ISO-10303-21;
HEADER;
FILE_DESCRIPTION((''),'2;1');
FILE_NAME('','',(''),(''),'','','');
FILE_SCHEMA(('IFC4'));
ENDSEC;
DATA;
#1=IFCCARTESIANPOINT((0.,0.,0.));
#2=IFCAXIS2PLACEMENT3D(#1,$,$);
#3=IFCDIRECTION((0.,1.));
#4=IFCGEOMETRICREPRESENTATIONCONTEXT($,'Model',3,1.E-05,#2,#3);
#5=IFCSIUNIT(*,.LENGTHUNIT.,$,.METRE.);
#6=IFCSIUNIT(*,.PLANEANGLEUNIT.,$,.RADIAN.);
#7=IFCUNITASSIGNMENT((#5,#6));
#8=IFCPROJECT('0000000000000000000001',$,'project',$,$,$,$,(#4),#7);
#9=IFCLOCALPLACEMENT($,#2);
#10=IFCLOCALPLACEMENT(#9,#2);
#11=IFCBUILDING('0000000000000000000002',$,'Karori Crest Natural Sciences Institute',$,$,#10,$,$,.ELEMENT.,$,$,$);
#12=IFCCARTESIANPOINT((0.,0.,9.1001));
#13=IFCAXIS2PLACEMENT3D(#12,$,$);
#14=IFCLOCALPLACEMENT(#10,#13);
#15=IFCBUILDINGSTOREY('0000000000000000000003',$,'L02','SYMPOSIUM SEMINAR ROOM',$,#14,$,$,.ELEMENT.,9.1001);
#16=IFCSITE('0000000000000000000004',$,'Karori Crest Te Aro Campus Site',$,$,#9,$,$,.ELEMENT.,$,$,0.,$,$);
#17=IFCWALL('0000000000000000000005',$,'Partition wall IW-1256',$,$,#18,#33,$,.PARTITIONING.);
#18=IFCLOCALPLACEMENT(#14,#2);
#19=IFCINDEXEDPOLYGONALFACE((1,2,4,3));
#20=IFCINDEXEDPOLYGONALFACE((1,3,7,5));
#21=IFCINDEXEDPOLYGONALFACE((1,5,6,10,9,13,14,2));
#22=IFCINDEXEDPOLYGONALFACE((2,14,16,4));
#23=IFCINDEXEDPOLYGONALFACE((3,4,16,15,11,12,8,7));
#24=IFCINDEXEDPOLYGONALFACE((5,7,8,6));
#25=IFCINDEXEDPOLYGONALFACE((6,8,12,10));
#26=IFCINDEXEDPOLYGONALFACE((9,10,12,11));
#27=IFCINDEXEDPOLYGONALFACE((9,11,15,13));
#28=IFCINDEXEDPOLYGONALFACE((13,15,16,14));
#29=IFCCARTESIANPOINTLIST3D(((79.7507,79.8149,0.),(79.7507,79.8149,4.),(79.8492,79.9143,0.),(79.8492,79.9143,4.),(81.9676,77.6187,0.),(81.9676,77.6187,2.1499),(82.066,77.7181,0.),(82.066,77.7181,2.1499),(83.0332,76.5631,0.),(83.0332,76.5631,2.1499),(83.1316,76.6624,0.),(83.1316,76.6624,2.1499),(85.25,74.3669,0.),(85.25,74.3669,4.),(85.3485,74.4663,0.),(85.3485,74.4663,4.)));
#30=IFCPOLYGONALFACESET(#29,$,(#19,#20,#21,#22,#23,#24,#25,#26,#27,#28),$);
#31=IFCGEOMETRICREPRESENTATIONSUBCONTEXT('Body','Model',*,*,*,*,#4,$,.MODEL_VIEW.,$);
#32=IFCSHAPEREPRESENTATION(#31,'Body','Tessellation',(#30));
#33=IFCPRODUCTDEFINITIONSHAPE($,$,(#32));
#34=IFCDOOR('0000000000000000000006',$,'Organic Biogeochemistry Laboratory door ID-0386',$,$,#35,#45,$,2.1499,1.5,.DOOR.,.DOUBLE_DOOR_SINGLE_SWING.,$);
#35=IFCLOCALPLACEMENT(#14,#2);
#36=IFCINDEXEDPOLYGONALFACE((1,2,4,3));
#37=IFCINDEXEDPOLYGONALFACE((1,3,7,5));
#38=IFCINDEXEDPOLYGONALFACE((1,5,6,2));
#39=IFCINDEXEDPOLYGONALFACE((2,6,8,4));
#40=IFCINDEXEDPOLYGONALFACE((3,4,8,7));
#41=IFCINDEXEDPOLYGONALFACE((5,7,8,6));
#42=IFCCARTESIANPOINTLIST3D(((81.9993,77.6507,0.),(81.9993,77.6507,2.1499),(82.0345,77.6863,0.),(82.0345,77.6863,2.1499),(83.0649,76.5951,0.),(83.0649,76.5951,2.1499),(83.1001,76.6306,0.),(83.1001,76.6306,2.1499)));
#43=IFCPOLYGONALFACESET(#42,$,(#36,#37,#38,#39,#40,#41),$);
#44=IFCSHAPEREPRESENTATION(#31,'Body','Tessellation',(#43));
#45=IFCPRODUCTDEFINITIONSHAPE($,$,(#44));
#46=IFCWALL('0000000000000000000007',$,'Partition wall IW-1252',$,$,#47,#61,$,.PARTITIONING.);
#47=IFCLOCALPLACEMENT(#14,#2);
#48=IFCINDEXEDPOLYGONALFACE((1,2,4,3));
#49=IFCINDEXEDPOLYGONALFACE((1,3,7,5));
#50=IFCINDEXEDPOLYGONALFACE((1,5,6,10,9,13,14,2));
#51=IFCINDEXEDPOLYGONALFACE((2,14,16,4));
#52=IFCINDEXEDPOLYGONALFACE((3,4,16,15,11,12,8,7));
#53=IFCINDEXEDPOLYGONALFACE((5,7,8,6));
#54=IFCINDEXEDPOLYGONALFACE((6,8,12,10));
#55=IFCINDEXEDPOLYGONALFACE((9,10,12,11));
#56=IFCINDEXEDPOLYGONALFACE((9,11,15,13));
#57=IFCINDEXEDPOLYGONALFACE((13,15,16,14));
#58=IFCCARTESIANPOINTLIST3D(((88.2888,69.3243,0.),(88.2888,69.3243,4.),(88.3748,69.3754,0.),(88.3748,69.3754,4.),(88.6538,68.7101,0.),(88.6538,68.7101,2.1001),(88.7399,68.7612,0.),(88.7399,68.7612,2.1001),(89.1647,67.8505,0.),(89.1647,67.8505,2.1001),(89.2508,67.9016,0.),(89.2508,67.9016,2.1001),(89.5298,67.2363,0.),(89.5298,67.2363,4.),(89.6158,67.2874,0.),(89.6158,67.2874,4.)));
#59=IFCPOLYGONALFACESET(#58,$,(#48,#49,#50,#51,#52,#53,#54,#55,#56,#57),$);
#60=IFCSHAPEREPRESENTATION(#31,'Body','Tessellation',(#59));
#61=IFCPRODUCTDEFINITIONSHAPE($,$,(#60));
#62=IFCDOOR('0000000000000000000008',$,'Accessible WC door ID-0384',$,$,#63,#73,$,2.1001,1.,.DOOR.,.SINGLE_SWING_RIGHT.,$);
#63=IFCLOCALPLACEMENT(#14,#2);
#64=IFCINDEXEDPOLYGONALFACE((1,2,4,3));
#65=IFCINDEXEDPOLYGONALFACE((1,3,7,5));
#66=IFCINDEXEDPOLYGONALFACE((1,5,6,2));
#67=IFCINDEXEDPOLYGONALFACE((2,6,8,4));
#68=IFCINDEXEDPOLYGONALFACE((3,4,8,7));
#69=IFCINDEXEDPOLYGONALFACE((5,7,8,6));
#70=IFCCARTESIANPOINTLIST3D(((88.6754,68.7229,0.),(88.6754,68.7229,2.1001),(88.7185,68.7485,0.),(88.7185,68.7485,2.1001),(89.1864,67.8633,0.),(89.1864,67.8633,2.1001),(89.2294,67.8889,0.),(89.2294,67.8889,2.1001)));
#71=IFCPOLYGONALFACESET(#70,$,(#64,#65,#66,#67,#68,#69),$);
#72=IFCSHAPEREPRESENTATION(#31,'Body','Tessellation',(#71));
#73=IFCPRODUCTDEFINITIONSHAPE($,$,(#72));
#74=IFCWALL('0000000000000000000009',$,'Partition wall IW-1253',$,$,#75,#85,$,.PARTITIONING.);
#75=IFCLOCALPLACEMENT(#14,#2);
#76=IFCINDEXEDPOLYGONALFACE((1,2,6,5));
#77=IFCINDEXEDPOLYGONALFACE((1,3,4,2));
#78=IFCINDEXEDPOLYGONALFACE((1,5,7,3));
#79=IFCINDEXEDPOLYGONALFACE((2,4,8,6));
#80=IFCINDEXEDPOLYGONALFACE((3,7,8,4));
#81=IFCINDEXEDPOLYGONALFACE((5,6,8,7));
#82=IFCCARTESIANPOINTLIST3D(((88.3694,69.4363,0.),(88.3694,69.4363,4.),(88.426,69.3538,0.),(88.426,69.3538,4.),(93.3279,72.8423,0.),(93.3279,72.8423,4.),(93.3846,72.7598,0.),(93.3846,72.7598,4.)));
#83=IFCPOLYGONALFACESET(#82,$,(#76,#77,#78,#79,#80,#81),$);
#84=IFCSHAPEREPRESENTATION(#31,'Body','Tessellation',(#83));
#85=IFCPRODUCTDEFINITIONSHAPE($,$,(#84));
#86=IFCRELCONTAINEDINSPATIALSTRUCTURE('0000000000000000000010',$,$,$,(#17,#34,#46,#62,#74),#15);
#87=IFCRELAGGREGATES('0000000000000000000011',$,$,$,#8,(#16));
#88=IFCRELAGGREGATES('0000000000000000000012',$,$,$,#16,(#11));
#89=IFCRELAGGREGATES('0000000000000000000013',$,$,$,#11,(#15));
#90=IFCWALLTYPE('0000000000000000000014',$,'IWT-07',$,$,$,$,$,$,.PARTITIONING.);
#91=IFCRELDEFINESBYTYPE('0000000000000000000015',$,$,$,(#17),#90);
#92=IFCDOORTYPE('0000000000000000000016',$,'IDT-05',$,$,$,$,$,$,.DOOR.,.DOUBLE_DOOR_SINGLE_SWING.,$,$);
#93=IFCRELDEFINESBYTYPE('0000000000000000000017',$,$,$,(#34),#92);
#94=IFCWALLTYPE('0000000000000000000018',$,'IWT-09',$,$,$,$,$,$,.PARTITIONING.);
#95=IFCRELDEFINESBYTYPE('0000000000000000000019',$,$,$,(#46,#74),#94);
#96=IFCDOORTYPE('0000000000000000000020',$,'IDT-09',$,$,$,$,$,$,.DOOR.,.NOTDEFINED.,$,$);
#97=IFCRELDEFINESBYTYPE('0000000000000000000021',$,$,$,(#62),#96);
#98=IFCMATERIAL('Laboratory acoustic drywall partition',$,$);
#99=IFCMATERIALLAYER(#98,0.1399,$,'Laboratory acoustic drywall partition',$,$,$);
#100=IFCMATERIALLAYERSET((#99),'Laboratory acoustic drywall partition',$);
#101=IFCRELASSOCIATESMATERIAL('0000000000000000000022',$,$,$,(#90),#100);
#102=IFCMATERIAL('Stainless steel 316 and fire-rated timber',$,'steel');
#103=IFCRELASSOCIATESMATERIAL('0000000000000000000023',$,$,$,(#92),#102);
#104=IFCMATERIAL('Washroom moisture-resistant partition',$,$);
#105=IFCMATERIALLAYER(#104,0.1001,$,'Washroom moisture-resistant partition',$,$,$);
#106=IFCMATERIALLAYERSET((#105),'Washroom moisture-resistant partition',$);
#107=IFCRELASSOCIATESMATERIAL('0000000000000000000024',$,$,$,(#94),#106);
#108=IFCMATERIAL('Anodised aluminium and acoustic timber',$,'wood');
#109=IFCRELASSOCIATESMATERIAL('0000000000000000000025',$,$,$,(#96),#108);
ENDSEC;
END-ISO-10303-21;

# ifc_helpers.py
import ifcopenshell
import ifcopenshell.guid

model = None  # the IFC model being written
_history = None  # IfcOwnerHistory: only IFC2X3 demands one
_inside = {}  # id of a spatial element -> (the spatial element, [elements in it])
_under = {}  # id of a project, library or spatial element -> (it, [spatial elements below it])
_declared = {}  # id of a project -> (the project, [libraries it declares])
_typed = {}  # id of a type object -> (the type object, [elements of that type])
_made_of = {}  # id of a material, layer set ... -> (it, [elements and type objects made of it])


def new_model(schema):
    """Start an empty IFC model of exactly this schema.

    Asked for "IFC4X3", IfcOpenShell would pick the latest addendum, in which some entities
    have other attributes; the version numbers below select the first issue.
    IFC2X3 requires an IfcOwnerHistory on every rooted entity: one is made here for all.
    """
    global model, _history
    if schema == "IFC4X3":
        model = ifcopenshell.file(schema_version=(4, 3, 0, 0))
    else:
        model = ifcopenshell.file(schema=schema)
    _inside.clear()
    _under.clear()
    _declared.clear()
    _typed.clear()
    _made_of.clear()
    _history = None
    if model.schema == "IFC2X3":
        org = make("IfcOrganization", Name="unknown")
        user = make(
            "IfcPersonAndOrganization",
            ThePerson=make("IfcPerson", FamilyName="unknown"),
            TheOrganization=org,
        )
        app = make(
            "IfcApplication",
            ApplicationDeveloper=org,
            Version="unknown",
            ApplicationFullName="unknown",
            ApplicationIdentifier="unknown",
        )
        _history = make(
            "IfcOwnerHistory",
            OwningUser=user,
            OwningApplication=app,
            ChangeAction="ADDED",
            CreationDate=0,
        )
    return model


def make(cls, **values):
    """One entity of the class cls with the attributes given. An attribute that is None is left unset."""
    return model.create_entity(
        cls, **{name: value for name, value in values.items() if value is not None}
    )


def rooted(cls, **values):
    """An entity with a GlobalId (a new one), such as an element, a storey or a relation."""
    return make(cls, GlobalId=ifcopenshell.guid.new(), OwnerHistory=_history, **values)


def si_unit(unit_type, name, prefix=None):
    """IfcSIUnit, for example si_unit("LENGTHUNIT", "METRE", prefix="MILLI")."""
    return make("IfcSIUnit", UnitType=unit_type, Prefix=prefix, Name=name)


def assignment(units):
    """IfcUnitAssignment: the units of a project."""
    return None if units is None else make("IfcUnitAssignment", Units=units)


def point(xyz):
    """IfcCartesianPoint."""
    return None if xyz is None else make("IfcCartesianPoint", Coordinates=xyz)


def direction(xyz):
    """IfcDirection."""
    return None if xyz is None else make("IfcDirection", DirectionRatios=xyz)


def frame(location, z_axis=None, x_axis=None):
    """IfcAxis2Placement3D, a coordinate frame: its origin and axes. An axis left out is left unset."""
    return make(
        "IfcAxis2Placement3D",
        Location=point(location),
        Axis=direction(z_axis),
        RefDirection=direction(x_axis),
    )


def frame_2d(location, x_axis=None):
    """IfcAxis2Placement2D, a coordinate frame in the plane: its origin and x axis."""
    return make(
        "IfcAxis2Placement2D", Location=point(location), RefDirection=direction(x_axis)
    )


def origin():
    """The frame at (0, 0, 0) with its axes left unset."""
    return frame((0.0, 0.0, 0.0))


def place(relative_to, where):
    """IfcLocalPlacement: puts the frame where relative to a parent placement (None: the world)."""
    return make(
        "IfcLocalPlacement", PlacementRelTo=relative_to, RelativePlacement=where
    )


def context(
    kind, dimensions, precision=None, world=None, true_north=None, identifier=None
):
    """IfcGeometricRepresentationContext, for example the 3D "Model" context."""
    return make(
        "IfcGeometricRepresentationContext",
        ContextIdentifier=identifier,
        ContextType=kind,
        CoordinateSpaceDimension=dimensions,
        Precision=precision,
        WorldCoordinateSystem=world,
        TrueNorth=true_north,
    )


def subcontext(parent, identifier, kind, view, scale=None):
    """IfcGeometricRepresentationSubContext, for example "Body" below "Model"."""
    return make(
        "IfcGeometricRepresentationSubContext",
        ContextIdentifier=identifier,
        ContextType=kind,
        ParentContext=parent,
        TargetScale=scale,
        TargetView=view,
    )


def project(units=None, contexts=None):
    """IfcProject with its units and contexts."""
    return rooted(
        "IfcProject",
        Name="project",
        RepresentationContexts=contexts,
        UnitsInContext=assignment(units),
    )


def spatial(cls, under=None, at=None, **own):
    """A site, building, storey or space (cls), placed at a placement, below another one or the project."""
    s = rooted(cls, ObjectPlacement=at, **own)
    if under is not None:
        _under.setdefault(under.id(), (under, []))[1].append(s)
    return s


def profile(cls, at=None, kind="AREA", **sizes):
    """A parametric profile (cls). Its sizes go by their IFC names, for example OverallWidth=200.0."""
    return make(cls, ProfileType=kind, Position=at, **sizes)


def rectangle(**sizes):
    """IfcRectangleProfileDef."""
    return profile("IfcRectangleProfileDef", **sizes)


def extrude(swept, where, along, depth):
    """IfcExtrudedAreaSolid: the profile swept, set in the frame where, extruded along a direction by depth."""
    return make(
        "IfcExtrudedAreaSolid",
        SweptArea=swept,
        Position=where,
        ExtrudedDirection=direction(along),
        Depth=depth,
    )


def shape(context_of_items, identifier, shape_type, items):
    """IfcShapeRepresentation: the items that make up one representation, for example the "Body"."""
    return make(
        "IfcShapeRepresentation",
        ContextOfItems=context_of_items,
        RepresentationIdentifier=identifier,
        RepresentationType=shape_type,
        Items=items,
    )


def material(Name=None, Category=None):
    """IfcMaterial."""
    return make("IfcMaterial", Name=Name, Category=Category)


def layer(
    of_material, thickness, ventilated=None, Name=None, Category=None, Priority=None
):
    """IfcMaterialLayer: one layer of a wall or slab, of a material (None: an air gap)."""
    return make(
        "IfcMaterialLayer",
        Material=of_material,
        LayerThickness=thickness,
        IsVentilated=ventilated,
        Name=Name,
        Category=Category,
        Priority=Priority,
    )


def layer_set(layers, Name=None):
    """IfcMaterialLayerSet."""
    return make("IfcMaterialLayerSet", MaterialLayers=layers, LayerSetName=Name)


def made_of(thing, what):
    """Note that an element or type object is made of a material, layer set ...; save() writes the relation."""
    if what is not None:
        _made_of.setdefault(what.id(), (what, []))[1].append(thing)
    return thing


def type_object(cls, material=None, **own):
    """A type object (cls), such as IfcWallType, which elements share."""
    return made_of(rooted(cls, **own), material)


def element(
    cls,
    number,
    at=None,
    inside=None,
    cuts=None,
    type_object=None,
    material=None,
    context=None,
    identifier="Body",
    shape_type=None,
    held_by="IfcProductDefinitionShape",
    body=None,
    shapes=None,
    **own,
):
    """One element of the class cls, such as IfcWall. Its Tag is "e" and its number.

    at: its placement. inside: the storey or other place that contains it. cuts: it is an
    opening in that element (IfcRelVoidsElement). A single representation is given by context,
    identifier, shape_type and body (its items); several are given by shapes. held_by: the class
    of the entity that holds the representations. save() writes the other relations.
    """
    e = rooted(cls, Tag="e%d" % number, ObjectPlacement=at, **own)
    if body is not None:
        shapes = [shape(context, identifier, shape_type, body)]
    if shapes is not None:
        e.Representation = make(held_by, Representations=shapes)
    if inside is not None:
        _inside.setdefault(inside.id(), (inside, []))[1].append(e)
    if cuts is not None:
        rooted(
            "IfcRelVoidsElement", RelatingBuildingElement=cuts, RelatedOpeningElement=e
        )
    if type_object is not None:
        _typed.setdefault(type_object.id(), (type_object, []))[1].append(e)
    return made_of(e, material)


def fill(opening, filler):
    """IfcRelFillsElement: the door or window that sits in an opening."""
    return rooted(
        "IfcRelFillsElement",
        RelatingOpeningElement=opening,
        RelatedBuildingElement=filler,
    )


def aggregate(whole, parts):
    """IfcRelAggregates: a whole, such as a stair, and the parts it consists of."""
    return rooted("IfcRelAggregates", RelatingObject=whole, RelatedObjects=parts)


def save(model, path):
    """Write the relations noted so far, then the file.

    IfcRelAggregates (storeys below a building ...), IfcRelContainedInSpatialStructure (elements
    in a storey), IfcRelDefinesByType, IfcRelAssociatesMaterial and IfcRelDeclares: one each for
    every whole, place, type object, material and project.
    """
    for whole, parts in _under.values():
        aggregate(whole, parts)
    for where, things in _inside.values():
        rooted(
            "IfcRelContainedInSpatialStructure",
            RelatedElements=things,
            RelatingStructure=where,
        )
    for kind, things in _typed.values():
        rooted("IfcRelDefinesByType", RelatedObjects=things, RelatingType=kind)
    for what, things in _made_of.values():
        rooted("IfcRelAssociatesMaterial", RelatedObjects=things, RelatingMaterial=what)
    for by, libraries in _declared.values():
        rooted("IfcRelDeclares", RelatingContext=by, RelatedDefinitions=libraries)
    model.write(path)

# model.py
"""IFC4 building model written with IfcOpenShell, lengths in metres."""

from ifc_helpers import new_model, si_unit, direction, frame, frame_2d, origin, place, context, subcontext, project, spatial, rectangle, extrude, material, layer, layer_set, type_object, element, fill, save


model = new_model("IFC4")

# Units and contexts
model_context = context("Model", 3, precision=1e-05, world=origin(), true_north=direction((0.0, 1.0)))
body_context = subcontext(model_context, "Body", "Model", "MODEL_VIEW")
ifc_project = project(units=[si_unit("LENGTHUNIT", "METRE"), si_unit("PLANEANGLEUNIT", "RADIAN")], contexts=[model_context])

# Site, building, storey
site_placement = place(None, origin())
site = spatial("IfcSite", under=ifc_project, at=site_placement, Name="Karori Crest Te Aro Campus Site", CompositionType="ELEMENT", RefElevation=0.0)
building_placement = place(site_placement, origin())
building = spatial("IfcBuilding", under=site, at=building_placement, Name="Karori Crest Natural Sciences Institute", CompositionType="ELEMENT")
storey_placement = place(building_placement, frame((0.0, 0.0, 9.1001)))
storey = spatial("IfcBuildingStorey", under=building, at=storey_placement, Name="L02", Description="SYMPOSIUM SEMINAR ROOM", CompositionType="ELEMENT", Elevation=9.1001)

# Shared definitions
ifc_material_1 = material(Name="Laboratory acoustic drywall partition")
ifc_layer_1 = layer(ifc_material_1, 0.1399, Name="Laboratory acoustic drywall partition")
ifc_layer_set_1 = layer_set([ifc_layer_1], Name="Laboratory acoustic drywall partition")
wall_type_1 = type_object("IfcWallType", Name="IWT-07", PredefinedType="PARTITIONING", material=ifc_layer_set_1)
ifc_material_2 = material(Name="Stainless steel 316 and fire-rated timber", Category="steel")

# Walls, openings, doors
wall_1_placement = place(storey_placement, frame((85.2993, 74.4165, 0.0), z_axis=(0.0, 0.0, 1.0), x_axis=(-0.710411, 0.703787, 0.0)))
wall_1 = element("IfcWall", 1, at=wall_1_placement, inside=storey, type_object=wall_type_1, Name="Partition wall IW-1256", PredefinedType="PARTITIONING", context=body_context, shape_type="SweptSolid", body=[
    extrude(rectangle(XDim=7.741, YDim=0.1399, at=frame_2d((3.8706, 0.0))), origin(), (0.0, 0.0, 1.0), 4.0),
])
opening_1_placement = place(wall_1_placement, frame((3.1206, 0.0, 0.0)))
opening_1 = element("IfcOpeningElement", 2, at=opening_1_placement, cuts=wall_1, PredefinedType="OPENING", context=body_context, shape_type="SweptSolid", body=[
    extrude(rectangle(XDim=1.5, YDim=2.1499, at=frame_2d((0.75, 1.075))), frame((0.0, 0.0801, 0.0), z_axis=(0.0, -1.0, 0.0), x_axis=(1.0, 0.0, 0.0)), (0.0, 0.0, 1.0), 0.1599),
])
door_type_1 = type_object("IfcDoorType", Name="IDT-05", OperationType="DOUBLE_DOOR_SINGLE_SWING", PredefinedType="DOOR", material=ifc_material_2)
door_1_placement = place(opening_1_placement, origin())
door_1 = element("IfcDoor", 3, at=door_1_placement, inside=storey, type_object=door_type_1, Name="Organic Biogeochemistry Laboratory door ID-0386", OperationType="DOUBLE_DOOR_SINGLE_SWING", OverallHeight=2.1499, OverallWidth=1.5, PredefinedType="DOOR", context=body_context, shape_type="SweptSolid", body=[
    extrude(rectangle(XDim=1.5, YDim=2.1499, at=frame_2d((0.75, 1.075))), frame((0.0, 0.0249, 0.0), z_axis=(0.0, -1.0, 0.0), x_axis=(1.0, 0.0, 0.0)), (0.0, 0.0, 1.0), 0.05),
])
fill(opening_1, door_1)
ifc_material_3 = material(Name="Washroom moisture-resistant partition")
ifc_layer_2 = layer(ifc_material_3, 0.1001, Name="Washroom moisture-resistant partition")
ifc_layer_set_2 = layer_set([ifc_layer_2], Name="Washroom moisture-resistant partition")
wall_type_2 = type_object("IfcWallType", Name="IWT-09", PredefinedType="PARTITIONING", material=ifc_layer_set_2)
wall_2_placement = place(storey_placement, frame((89.5728, 67.262, 0.0), z_axis=(0.0, 0.0, 1.0), x_axis=(-0.510929, 0.859623, 0.0)))
wall_2 = element("IfcWall", 4, at=wall_2_placement, inside=storey, type_object=wall_type_2, Name="Partition wall IW-1252", PredefinedType="PARTITIONING", context=body_context, shape_type="SweptSolid", body=[
    extrude(rectangle(XDim=2.429, YDim=0.1001, at=frame_2d((1.2144, 0.0))), origin(), (0.0, 0.0, 1.0), 4.0),
])
opening_2_placement = place(wall_2_placement, frame((0.7144, 0.0, 0.0)))
opening_2 = element("IfcOpeningElement", 5, at=opening_2_placement, cuts=wall_2, PredefinedType="OPENING", context=body_context, shape_type="SweptSolid", body=[
    extrude(rectangle(XDim=1.0, YDim=2.1001, at=frame_2d((0.5, 1.05))), frame((0.0, 0.0601, 0.0), z_axis=(0.0, -1.0, 0.0), x_axis=(1.0, 0.0, 0.0)), (0.0, 0.0, 1.0), 0.1201),
])
ifc_material_4 = material(Name="Anodised aluminium and acoustic timber", Category="wood")
door_type_2 = type_object("IfcDoorType", Name="IDT-09", OperationType="NOTDEFINED", PredefinedType="DOOR", material=ifc_material_4)
door_2_placement = place(opening_2_placement, origin())
door_2 = element("IfcDoor", 6, at=door_2_placement, inside=storey, type_object=door_type_2, Name="Accessible WC door ID-0384", OperationType="SINGLE_SWING_RIGHT", OverallHeight=2.1001, OverallWidth=1.0, PredefinedType="DOOR", context=body_context, shape_type="SweptSolid", body=[
    extrude(rectangle(XDim=1.0, YDim=2.1001, at=frame_2d((0.5, 1.05))), frame((0.0, 0.0249, 0.0), z_axis=(0.0, -1.0, 0.0), x_axis=(1.0, 0.0, 0.0)), (0.0, 0.0, 1.0), 0.05),
])
fill(opening_2, door_2)

# Wall
wall_3_placement = place(storey_placement, frame((88.3977, 69.395, 0.0), z_axis=(0.0, 0.0, 1.0), x_axis=(0.824272, 0.566195, 0.0)))
element("IfcWall", 7, at=wall_3_placement, inside=storey, type_object=wall_type_2, Name="Partition wall IW-1253", PredefinedType="PARTITIONING", context=body_context, shape_type="SweptSolid", body=[
    extrude(rectangle(XDim=6.0156, YDim=0.1001, at=frame_2d((3.0078, 0.0))), origin(), (0.0, 0.0, 1.0), 4.0),
])

save(model, "model.ifc")
